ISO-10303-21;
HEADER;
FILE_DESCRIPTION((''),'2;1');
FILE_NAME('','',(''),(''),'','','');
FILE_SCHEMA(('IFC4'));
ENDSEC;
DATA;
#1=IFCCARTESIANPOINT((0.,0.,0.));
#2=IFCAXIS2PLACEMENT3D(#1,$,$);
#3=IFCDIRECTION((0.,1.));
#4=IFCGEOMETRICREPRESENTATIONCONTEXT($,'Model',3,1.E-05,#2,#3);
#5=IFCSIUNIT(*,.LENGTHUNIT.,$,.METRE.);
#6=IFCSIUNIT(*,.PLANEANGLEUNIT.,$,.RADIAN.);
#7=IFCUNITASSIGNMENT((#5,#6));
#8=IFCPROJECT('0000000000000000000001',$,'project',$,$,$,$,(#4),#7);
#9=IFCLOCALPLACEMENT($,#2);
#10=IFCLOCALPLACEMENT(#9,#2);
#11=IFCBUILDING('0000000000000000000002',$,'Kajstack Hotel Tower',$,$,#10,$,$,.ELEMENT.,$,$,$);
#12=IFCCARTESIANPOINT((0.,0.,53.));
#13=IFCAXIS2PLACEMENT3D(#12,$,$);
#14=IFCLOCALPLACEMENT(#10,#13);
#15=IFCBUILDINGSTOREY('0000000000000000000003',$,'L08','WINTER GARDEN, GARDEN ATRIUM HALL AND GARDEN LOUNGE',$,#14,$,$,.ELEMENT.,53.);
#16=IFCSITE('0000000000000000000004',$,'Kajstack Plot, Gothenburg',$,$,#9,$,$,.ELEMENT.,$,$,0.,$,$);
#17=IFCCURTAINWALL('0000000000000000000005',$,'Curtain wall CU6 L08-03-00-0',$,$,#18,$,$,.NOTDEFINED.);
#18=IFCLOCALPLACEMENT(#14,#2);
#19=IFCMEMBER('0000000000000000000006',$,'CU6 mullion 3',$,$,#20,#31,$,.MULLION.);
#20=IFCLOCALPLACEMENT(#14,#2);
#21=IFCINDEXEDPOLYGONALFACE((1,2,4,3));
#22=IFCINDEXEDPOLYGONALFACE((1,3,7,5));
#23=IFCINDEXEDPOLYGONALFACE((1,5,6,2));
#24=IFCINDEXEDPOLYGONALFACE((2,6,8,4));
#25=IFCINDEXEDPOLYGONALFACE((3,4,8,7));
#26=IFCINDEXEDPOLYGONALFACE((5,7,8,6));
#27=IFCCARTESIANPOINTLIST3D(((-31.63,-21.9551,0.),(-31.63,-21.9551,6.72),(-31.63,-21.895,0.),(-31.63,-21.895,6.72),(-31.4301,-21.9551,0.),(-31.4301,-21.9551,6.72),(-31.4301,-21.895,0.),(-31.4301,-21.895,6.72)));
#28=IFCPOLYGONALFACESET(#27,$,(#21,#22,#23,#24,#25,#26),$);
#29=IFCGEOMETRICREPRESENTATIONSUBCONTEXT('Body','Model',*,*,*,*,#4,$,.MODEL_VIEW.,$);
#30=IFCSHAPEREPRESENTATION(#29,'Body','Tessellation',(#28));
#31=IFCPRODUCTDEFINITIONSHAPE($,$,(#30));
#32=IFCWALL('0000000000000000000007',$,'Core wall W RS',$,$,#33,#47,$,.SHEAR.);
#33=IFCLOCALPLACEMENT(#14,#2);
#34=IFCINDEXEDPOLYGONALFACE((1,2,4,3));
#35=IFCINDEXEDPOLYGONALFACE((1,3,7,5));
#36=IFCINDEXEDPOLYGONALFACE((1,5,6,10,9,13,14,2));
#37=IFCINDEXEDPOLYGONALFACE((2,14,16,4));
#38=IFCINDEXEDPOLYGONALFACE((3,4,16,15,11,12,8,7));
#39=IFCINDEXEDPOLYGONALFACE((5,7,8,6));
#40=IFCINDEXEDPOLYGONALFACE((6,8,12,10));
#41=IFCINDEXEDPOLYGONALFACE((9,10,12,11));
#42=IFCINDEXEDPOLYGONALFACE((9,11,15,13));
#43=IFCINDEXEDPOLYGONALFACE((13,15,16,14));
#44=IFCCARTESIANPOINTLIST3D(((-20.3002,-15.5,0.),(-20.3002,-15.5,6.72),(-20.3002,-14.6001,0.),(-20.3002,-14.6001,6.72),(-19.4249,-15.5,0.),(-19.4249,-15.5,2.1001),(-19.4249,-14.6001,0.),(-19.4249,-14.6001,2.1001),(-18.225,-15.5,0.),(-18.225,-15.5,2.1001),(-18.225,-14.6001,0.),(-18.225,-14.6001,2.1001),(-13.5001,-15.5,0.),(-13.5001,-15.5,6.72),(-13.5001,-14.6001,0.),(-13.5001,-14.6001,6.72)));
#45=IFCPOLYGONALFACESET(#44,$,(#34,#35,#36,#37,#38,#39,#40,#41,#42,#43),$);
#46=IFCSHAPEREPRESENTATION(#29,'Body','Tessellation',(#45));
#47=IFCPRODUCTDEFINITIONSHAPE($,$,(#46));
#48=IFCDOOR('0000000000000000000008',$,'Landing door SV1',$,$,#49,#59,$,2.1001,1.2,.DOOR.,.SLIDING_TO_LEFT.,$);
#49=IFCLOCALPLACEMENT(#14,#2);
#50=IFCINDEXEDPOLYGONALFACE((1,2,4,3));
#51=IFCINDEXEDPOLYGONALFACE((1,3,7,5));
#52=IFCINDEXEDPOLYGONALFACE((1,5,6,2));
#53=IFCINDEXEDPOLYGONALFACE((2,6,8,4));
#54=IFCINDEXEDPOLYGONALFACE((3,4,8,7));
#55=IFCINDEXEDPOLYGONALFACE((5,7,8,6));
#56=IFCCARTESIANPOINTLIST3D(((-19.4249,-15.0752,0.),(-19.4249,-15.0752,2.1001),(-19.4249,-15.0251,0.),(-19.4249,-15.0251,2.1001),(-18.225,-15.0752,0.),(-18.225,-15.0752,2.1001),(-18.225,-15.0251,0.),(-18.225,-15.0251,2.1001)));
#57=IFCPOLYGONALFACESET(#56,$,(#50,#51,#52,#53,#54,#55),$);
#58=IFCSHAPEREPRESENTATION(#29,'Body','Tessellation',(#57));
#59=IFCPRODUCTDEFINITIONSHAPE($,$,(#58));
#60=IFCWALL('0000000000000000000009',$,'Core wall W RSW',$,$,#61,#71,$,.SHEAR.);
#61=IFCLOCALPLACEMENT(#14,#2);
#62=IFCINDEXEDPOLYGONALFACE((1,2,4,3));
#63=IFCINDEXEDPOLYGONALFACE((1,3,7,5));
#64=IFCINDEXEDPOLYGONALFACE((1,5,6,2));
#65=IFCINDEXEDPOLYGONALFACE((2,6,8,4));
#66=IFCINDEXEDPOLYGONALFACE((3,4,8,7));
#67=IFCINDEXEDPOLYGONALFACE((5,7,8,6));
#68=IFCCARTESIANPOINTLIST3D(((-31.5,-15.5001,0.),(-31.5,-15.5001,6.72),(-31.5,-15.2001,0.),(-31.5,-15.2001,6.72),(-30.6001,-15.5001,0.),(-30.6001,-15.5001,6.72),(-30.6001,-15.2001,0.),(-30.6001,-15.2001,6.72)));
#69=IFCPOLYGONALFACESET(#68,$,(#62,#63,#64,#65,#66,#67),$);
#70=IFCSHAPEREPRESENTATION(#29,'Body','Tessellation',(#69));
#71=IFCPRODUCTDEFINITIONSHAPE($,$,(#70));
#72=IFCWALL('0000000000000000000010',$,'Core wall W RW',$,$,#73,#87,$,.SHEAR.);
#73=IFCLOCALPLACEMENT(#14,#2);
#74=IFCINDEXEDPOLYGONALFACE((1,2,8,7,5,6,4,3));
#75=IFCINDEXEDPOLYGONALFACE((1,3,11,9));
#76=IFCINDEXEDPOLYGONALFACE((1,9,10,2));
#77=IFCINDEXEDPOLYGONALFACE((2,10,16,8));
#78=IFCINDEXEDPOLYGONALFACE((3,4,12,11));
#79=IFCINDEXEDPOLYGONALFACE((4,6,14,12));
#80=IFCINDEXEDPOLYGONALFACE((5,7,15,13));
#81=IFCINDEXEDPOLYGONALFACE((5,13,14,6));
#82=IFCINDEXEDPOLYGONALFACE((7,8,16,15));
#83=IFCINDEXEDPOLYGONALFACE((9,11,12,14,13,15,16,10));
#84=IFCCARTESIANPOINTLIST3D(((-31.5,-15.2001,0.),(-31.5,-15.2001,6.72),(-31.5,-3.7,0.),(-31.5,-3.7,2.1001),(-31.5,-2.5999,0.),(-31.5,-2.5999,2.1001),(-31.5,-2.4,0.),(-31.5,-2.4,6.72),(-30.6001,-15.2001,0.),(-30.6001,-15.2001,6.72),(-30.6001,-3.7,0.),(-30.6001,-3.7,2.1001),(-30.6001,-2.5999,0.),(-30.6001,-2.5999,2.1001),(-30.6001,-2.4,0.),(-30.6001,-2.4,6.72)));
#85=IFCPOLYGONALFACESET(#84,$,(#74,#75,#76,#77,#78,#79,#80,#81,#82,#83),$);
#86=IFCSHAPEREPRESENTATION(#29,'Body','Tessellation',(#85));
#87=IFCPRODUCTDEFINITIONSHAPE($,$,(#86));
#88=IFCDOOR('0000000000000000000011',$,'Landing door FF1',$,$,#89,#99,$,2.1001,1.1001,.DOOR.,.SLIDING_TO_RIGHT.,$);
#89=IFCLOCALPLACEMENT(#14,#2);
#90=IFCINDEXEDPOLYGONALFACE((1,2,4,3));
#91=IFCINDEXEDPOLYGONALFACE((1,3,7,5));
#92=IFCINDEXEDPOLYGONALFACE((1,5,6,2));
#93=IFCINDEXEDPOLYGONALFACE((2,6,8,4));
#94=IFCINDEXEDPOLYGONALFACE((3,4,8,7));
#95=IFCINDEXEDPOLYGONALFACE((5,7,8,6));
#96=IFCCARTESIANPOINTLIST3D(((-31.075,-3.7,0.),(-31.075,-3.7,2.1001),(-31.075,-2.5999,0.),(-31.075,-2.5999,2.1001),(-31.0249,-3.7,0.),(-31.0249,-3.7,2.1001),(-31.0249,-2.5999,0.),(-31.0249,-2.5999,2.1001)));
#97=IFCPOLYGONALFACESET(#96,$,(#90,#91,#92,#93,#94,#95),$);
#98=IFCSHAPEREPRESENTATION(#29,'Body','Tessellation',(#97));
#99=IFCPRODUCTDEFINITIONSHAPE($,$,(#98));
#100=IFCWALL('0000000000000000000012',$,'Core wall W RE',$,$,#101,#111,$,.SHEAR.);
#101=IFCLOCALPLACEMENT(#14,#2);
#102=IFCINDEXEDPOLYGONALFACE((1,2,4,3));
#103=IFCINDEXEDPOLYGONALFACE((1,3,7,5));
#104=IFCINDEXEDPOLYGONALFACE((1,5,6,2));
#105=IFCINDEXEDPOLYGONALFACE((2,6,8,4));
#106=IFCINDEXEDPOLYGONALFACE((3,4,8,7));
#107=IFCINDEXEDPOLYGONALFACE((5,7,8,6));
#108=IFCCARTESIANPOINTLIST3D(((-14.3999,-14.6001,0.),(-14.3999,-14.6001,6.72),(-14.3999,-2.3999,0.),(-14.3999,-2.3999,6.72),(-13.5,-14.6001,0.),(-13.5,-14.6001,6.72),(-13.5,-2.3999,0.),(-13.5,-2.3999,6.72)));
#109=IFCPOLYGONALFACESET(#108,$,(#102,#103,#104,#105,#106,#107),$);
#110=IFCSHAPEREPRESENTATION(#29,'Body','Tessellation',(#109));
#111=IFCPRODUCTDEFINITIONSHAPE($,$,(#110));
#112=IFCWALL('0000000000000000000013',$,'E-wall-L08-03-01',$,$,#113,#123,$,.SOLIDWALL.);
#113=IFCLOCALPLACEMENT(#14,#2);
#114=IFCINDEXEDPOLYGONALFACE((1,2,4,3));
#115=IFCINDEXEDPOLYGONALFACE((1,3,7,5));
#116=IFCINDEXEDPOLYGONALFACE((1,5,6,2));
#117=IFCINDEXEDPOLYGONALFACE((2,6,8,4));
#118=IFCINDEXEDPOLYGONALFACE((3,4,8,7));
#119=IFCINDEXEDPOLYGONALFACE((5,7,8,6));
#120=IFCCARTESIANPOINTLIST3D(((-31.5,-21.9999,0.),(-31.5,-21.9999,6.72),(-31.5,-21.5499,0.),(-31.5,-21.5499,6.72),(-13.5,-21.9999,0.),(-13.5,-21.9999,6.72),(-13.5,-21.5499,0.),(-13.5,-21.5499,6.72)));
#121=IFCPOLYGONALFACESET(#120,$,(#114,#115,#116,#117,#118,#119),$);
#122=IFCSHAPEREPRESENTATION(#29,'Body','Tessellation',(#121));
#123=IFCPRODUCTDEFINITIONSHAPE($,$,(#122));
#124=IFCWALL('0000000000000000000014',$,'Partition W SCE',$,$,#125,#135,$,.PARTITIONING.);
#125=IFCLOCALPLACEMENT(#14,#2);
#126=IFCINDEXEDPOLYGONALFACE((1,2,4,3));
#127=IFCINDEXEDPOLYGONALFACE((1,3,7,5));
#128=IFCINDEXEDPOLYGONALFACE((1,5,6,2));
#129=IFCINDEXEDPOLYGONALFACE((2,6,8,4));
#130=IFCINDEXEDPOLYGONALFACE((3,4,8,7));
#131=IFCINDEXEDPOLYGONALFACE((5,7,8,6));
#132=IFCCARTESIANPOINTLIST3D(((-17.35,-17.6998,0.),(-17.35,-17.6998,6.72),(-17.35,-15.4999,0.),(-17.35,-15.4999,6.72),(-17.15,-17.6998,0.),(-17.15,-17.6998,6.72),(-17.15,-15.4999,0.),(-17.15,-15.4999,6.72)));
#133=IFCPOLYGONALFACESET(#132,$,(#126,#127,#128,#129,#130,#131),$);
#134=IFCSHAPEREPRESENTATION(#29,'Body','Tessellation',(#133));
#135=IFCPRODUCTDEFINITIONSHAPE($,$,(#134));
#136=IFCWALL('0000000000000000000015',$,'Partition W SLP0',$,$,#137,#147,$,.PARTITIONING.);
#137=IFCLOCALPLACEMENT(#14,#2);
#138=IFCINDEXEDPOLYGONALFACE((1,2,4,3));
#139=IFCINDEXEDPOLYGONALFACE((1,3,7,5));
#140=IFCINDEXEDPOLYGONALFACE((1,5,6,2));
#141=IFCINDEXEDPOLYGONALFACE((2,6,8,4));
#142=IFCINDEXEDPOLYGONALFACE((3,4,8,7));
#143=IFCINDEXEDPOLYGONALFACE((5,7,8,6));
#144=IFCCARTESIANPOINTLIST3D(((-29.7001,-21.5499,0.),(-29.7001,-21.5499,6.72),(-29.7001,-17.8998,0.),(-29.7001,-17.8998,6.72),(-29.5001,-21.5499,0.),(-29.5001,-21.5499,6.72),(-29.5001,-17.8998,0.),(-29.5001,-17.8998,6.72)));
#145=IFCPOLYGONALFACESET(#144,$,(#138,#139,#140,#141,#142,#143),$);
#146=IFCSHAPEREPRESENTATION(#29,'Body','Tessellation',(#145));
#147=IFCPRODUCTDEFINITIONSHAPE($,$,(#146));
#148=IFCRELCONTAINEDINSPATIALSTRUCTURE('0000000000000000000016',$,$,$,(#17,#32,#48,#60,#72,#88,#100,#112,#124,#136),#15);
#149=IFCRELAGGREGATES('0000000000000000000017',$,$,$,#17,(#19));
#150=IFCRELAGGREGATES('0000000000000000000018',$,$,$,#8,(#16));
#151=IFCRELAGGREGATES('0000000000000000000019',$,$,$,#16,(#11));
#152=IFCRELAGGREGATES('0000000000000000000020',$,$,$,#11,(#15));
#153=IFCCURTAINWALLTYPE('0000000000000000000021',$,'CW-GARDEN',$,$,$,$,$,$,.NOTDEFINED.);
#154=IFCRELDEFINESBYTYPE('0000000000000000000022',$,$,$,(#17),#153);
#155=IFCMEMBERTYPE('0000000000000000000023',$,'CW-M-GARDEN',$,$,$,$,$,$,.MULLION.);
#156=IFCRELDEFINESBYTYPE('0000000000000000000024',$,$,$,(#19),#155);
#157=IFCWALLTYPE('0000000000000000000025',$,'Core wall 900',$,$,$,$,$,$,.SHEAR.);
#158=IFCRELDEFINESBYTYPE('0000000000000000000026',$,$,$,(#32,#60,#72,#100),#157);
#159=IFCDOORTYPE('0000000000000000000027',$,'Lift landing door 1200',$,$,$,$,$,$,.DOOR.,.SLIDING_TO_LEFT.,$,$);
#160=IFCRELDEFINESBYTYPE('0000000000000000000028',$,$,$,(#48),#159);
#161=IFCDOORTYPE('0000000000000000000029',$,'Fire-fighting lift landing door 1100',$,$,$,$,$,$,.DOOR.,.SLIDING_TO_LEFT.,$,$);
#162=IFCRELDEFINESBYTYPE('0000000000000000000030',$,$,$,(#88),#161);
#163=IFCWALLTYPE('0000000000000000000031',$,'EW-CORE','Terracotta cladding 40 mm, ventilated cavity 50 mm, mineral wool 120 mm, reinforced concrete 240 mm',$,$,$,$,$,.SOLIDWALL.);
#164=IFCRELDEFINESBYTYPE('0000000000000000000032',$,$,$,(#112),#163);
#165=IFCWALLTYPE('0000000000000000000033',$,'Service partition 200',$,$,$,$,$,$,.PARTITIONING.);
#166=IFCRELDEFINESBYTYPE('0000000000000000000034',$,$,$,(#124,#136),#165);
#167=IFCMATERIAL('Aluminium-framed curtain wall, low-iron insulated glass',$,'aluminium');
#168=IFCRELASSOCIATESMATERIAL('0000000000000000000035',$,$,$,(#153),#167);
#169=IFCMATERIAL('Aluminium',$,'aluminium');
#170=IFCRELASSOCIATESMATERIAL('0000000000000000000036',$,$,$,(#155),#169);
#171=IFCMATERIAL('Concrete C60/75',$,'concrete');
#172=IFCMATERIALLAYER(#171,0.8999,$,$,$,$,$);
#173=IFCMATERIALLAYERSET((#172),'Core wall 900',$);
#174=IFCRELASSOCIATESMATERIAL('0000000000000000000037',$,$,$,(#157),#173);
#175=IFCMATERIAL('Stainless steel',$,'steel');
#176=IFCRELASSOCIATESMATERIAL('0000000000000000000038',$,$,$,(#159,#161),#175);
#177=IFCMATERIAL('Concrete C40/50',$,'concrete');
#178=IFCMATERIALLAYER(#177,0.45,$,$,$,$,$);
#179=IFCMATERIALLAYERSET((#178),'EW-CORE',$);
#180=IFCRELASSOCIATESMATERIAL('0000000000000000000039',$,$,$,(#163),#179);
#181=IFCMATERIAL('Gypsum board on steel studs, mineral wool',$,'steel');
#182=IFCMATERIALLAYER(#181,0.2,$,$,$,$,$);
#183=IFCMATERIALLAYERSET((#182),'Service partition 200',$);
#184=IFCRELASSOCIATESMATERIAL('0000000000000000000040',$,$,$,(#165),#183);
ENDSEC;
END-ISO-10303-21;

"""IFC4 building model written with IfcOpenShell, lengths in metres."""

from ifc_helpers import new_model, si_unit, direction, frame, frame_2d, origin, origin_2d, place, context, subcontext, project, spatial, rectangle, extrude, material, layer, layer_set, material_profile, profile_set, type_object, element, fill, aggregate, save


model = new_model("IFC4")

# Units and contexts
model_context = context("Model", 3, precision=1e-05, world=origin(), true_north=direction((0.0, 1.0)))
body_context = subcontext(model_context, "Body", "Model", "MODEL_VIEW")
ifc_project = project(units=[si_unit("LENGTHUNIT", "METRE"), si_unit("PLANEANGLEUNIT", "RADIAN")], contexts=[model_context])

# Site, building, storey
site_placement = place(None, origin())
site = spatial("IfcSite", under=ifc_project, at=site_placement, Name="Kajstack Plot, Gothenburg", CompositionType="ELEMENT", RefElevation=0.0)
building_placement = place(site_placement, origin())
building = spatial("IfcBuilding", under=site, at=building_placement, Name="Kajstack Hotel Tower", CompositionType="ELEMENT")
storey_placement = place(building_placement, frame((0.0, 0.0, 53.0)))
storey = spatial("IfcBuildingStorey", under=building, at=storey_placement, Name="L08", Description="WINTER GARDEN, GARDEN ATRIUM HALL AND GARDEN LOUNGE", CompositionType="ELEMENT", Elevation=53.0)

# Curtain wall, member
ifc_material_1 = material(Name="Aluminium-framed curtain wall, low-iron insulated glass", Category="aluminium")
curtain_wall_type = type_object("IfcCurtainWallType", Name="CW-GARDEN", PredefinedType="NOTDEFINED", material=ifc_material_1)
curtain_wall_placement = place(storey_placement, origin())
curtain_wall = element("IfcCurtainWall", 1, at=curtain_wall_placement, inside=storey, type_object=curtain_wall_type, Name="Curtain wall CU6 L08-03-00-0", PredefinedType="NOTDEFINED")
ifc_material_2 = material(Name="Aluminium", Category="aluminium")
ifc_material_profile = material_profile(ifc_material_2, rectangle(XDim=0.0601, YDim=0.2, at=origin_2d()), Name="Aluminium mullion 60 x 200")
ifc_profile_set = profile_set([ifc_material_profile], Name="Aluminium")
member_type = type_object("IfcMemberType", Name="CW-M-GARDEN", PredefinedType="MULLION", material=ifc_profile_set)
member_placement = place(storey_placement, frame((-31.53, -21.925, 0.0), z_axis=(0.0, 0.0, 1.0), x_axis=(0.0, 1.0, 0.0)))
member = element("IfcMember", 2, at=member_placement, type_object=member_type, Name="CU6 mullion 3", PredefinedType="MULLION", context=body_context, shape_type="SweptSolid", body=[
    extrude(rectangle(XDim=0.0601, YDim=0.2, at=origin_2d()), origin(), (0.0, 0.0, 1.0), 6.72),
])
aggregate(curtain_wall, [member])

# Wall, opening, door
ifc_material_3 = material(Name="Concrete C60/75", Category="concrete")
ifc_layer_1 = layer(ifc_material_3, 0.8999)
ifc_layer_set_1 = layer_set([ifc_layer_1], Name="Core wall 900")
wall_type_1 = type_object("IfcWallType", Name="Core wall 900", PredefinedType="SHEAR", material=ifc_layer_set_1)
wall_1_placement = place(storey_placement, frame((-20.3, -15.05, 0.0), z_axis=(0.0, 0.0, 1.0), x_axis=(1.0, 0.0, 0.0)))
wall_1 = element("IfcWall", 3, at=wall_1_placement, inside=storey, type_object=wall_type_1, Name="Core wall W RS", PredefinedType="SHEAR", context=body_context, shape_type="SweptSolid", body=[
    extrude(rectangle(XDim=6.8, YDim=0.8999, at=frame_2d((3.3999, 0.0))), origin(), (0.0, 0.0, 1.0), 6.72),
])
opening_1_placement = place(wall_1_placement, frame((0.875, 0.0, 0.0)))
opening_1 = element("IfcOpeningElement", 4, at=opening_1_placement, cuts=wall_1, PredefinedType="OPENING", context=body_context, shape_type="SweptSolid", body=[
    extrude(rectangle(XDim=1.2, YDim=2.1001, at=frame_2d((0.6001, 1.05))), frame((0.0, 0.46, 0.0), z_axis=(0.0, -1.0, 0.0), x_axis=(1.0, 0.0, 0.0)), (0.0, 0.0, 1.0), 0.9199),
])
ifc_material_4 = material(Name="Stainless steel", Category="steel")
door_type_1 = type_object("IfcDoorType", Name="Lift landing door 1200", OperationType="SLIDING_TO_LEFT", PredefinedType="DOOR", material=ifc_material_4)
door_1_placement = place(opening_1_placement, origin())
door_1 = element("IfcDoor", 5, at=door_1_placement, inside=storey, type_object=door_type_1, Name="Landing door SV1", OperationType="SLIDING_TO_LEFT", OverallHeight=2.1001, OverallWidth=1.2, PredefinedType="DOOR", context=body_context, shape_type="SweptSolid", body=[
    extrude(rectangle(XDim=1.2, YDim=2.1001, at=frame_2d((0.6001, 1.05))), frame((0.0, 0.0249, 0.0), z_axis=(0.0, -1.0, 0.0), x_axis=(1.0, 0.0, 0.0)), (0.0, 0.0, 1.0), 0.05),
])
fill(opening_1, door_1)

# Wall
wall_2_placement = place(storey_placement, frame((-31.5, -15.3501, 0.0), z_axis=(0.0, 0.0, 1.0), x_axis=(1.0, 0.0, 0.0)))
element("IfcWall", 6, at=wall_2_placement, inside=storey, type_object=wall_type_1, Name="Core wall W RSW", PredefinedType="SHEAR", context=body_context, shape_type="SweptSolid", body=[
    extrude(rectangle(XDim=0.8999, YDim=0.3, at=frame_2d((0.45, 0.0))), origin(), (0.0, 0.0, 1.0), 6.72),
])

# Wall, opening, door
wall_3_placement = place(storey_placement, frame((-31.05, -15.2, 0.0), z_axis=(0.0, 0.0, 1.0), x_axis=(0.0, 1.0, 0.0)))
wall_3 = element("IfcWall", 7, at=wall_3_placement, inside=storey, type_object=wall_type_1, Name="Core wall W RW", PredefinedType="SHEAR", context=body_context, shape_type="SweptSolid", body=[
    extrude(rectangle(XDim=12.8, YDim=0.8999, at=frame_2d((6.3999, 0.0))), origin(), (0.0, 0.0, 1.0), 6.72),
])
opening_2_placement = place(wall_3_placement, frame((11.5, 0.0, 0.0)))
opening_2 = element("IfcOpeningElement", 8, at=opening_2_placement, cuts=wall_3, PredefinedType="OPENING", context=body_context, shape_type="SweptSolid", body=[
    extrude(rectangle(XDim=1.1001, YDim=2.1001, at=frame_2d((0.55, 1.05))), frame((0.0, 0.46, 0.0), z_axis=(0.0, -1.0, 0.0), x_axis=(1.0, 0.0, 0.0)), (0.0, 0.0, 1.0), 0.9199),
])
door_type_2 = type_object("IfcDoorType", Name="Fire-fighting lift landing door 1100", OperationType="SLIDING_TO_LEFT", PredefinedType="DOOR", material=ifc_material_4)
door_2_placement = place(opening_2_placement, origin())
door_2 = element("IfcDoor", 9, at=door_2_placement, inside=storey, type_object=door_type_2, Name="Landing door FF1", OperationType="SLIDING_TO_RIGHT", OverallHeight=2.1001, OverallWidth=1.1001, PredefinedType="DOOR", context=body_context, shape_type="SweptSolid", body=[
    extrude(rectangle(XDim=1.1001, YDim=2.1001, at=frame_2d((0.55, 1.05))), frame((0.0, 0.0249, 0.0), z_axis=(0.0, -1.0, 0.0), x_axis=(1.0, 0.0, 0.0)), (0.0, 0.0, 1.0), 0.05),
])
fill(opening_2, door_2)

# Walls
wall_4_placement = place(storey_placement, frame((-13.95, -14.6001, 0.0), z_axis=(0.0, 0.0, 1.0), x_axis=(0.0, 1.0, 0.0)))
element("IfcWall", 10, at=wall_4_placement, inside=storey, type_object=wall_type_1, Name="Core wall W RE", PredefinedType="SHEAR", context=body_context, shape_type="SweptSolid", body=[
    extrude(rectangle(XDim=12.2002, YDim=0.8999, at=frame_2d((6.1001, 0.0))), origin(), (0.0, 0.0, 1.0), 6.72),
])
ifc_material_5 = material(Name="Concrete C40/50", Category="concrete")
ifc_layer_2 = layer(ifc_material_5, 0.45)
ifc_layer_set_2 = layer_set([ifc_layer_2], Name="EW-CORE")
wall_type_2 = type_object("IfcWallType", Name="EW-CORE", Description="Terracotta cladding 40 mm, ventilated cavity 50 mm, mineral wool 120 mm, reinforced concrete 240 mm", PredefinedType="SOLIDWALL", material=ifc_layer_set_2)
wall_5_placement = place(storey_placement, frame((-31.5, -21.7749, 0.0), z_axis=(0.0, 0.0, 1.0), x_axis=(1.0, 0.0, 0.0)))
element("IfcWall", 11, at=wall_5_placement, inside=storey, type_object=wall_type_2, Name="E-wall-L08-03-01", PredefinedType="SOLIDWALL", context=body_context, shape_type="SweptSolid", body=[
    extrude(rectangle(XDim=18.0, YDim=0.45, at=frame_2d((9.0, 0.0))), origin(), (0.0, 0.0, 1.0), 6.72),
])
ifc_material_6 = material(Name="Gypsum board on steel studs, mineral wool", Category="steel")
ifc_layer_3 = layer(ifc_material_6, 0.2)
ifc_layer_set_3 = layer_set([ifc_layer_3], Name="Service partition 200")
wall_type_3 = type_object("IfcWallType", Name="Service partition 200", PredefinedType="PARTITIONING", material=ifc_layer_set_3)
wall_6_placement = place(storey_placement, frame((-17.25, -17.7, 0.0), z_axis=(0.0, 0.0, 1.0), x_axis=(0.0, 1.0, 0.0)))
element("IfcWall", 12, at=wall_6_placement, inside=storey, type_object=wall_type_3, Name="Partition W SCE", PredefinedType="PARTITIONING", context=body_context, shape_type="SweptSolid", body=[
    extrude(rectangle(XDim=2.2, YDim=0.2, at=frame_2d((1.1001, 0.0))), origin(), (0.0, 0.0, 1.0), 6.72),
])
wall_7_placement = place(storey_placement, frame((-29.6001, -21.55, 0.0), z_axis=(0.0, 0.0, 1.0), x_axis=(0.0, 1.0, 0.0)))
element("IfcWall", 13, at=wall_7_placement, inside=storey, type_object=wall_type_3, Name="Partition W SLP0", PredefinedType="PARTITIONING", context=body_context, shape_type="SweptSolid", body=[
    extrude(rectangle(XDim=3.6501, YDim=0.2, at=frame_2d((1.8252, 0.0))), origin(), (0.0, 0.0, 1.0), 6.72),
])

save(model, "model.ifc")
